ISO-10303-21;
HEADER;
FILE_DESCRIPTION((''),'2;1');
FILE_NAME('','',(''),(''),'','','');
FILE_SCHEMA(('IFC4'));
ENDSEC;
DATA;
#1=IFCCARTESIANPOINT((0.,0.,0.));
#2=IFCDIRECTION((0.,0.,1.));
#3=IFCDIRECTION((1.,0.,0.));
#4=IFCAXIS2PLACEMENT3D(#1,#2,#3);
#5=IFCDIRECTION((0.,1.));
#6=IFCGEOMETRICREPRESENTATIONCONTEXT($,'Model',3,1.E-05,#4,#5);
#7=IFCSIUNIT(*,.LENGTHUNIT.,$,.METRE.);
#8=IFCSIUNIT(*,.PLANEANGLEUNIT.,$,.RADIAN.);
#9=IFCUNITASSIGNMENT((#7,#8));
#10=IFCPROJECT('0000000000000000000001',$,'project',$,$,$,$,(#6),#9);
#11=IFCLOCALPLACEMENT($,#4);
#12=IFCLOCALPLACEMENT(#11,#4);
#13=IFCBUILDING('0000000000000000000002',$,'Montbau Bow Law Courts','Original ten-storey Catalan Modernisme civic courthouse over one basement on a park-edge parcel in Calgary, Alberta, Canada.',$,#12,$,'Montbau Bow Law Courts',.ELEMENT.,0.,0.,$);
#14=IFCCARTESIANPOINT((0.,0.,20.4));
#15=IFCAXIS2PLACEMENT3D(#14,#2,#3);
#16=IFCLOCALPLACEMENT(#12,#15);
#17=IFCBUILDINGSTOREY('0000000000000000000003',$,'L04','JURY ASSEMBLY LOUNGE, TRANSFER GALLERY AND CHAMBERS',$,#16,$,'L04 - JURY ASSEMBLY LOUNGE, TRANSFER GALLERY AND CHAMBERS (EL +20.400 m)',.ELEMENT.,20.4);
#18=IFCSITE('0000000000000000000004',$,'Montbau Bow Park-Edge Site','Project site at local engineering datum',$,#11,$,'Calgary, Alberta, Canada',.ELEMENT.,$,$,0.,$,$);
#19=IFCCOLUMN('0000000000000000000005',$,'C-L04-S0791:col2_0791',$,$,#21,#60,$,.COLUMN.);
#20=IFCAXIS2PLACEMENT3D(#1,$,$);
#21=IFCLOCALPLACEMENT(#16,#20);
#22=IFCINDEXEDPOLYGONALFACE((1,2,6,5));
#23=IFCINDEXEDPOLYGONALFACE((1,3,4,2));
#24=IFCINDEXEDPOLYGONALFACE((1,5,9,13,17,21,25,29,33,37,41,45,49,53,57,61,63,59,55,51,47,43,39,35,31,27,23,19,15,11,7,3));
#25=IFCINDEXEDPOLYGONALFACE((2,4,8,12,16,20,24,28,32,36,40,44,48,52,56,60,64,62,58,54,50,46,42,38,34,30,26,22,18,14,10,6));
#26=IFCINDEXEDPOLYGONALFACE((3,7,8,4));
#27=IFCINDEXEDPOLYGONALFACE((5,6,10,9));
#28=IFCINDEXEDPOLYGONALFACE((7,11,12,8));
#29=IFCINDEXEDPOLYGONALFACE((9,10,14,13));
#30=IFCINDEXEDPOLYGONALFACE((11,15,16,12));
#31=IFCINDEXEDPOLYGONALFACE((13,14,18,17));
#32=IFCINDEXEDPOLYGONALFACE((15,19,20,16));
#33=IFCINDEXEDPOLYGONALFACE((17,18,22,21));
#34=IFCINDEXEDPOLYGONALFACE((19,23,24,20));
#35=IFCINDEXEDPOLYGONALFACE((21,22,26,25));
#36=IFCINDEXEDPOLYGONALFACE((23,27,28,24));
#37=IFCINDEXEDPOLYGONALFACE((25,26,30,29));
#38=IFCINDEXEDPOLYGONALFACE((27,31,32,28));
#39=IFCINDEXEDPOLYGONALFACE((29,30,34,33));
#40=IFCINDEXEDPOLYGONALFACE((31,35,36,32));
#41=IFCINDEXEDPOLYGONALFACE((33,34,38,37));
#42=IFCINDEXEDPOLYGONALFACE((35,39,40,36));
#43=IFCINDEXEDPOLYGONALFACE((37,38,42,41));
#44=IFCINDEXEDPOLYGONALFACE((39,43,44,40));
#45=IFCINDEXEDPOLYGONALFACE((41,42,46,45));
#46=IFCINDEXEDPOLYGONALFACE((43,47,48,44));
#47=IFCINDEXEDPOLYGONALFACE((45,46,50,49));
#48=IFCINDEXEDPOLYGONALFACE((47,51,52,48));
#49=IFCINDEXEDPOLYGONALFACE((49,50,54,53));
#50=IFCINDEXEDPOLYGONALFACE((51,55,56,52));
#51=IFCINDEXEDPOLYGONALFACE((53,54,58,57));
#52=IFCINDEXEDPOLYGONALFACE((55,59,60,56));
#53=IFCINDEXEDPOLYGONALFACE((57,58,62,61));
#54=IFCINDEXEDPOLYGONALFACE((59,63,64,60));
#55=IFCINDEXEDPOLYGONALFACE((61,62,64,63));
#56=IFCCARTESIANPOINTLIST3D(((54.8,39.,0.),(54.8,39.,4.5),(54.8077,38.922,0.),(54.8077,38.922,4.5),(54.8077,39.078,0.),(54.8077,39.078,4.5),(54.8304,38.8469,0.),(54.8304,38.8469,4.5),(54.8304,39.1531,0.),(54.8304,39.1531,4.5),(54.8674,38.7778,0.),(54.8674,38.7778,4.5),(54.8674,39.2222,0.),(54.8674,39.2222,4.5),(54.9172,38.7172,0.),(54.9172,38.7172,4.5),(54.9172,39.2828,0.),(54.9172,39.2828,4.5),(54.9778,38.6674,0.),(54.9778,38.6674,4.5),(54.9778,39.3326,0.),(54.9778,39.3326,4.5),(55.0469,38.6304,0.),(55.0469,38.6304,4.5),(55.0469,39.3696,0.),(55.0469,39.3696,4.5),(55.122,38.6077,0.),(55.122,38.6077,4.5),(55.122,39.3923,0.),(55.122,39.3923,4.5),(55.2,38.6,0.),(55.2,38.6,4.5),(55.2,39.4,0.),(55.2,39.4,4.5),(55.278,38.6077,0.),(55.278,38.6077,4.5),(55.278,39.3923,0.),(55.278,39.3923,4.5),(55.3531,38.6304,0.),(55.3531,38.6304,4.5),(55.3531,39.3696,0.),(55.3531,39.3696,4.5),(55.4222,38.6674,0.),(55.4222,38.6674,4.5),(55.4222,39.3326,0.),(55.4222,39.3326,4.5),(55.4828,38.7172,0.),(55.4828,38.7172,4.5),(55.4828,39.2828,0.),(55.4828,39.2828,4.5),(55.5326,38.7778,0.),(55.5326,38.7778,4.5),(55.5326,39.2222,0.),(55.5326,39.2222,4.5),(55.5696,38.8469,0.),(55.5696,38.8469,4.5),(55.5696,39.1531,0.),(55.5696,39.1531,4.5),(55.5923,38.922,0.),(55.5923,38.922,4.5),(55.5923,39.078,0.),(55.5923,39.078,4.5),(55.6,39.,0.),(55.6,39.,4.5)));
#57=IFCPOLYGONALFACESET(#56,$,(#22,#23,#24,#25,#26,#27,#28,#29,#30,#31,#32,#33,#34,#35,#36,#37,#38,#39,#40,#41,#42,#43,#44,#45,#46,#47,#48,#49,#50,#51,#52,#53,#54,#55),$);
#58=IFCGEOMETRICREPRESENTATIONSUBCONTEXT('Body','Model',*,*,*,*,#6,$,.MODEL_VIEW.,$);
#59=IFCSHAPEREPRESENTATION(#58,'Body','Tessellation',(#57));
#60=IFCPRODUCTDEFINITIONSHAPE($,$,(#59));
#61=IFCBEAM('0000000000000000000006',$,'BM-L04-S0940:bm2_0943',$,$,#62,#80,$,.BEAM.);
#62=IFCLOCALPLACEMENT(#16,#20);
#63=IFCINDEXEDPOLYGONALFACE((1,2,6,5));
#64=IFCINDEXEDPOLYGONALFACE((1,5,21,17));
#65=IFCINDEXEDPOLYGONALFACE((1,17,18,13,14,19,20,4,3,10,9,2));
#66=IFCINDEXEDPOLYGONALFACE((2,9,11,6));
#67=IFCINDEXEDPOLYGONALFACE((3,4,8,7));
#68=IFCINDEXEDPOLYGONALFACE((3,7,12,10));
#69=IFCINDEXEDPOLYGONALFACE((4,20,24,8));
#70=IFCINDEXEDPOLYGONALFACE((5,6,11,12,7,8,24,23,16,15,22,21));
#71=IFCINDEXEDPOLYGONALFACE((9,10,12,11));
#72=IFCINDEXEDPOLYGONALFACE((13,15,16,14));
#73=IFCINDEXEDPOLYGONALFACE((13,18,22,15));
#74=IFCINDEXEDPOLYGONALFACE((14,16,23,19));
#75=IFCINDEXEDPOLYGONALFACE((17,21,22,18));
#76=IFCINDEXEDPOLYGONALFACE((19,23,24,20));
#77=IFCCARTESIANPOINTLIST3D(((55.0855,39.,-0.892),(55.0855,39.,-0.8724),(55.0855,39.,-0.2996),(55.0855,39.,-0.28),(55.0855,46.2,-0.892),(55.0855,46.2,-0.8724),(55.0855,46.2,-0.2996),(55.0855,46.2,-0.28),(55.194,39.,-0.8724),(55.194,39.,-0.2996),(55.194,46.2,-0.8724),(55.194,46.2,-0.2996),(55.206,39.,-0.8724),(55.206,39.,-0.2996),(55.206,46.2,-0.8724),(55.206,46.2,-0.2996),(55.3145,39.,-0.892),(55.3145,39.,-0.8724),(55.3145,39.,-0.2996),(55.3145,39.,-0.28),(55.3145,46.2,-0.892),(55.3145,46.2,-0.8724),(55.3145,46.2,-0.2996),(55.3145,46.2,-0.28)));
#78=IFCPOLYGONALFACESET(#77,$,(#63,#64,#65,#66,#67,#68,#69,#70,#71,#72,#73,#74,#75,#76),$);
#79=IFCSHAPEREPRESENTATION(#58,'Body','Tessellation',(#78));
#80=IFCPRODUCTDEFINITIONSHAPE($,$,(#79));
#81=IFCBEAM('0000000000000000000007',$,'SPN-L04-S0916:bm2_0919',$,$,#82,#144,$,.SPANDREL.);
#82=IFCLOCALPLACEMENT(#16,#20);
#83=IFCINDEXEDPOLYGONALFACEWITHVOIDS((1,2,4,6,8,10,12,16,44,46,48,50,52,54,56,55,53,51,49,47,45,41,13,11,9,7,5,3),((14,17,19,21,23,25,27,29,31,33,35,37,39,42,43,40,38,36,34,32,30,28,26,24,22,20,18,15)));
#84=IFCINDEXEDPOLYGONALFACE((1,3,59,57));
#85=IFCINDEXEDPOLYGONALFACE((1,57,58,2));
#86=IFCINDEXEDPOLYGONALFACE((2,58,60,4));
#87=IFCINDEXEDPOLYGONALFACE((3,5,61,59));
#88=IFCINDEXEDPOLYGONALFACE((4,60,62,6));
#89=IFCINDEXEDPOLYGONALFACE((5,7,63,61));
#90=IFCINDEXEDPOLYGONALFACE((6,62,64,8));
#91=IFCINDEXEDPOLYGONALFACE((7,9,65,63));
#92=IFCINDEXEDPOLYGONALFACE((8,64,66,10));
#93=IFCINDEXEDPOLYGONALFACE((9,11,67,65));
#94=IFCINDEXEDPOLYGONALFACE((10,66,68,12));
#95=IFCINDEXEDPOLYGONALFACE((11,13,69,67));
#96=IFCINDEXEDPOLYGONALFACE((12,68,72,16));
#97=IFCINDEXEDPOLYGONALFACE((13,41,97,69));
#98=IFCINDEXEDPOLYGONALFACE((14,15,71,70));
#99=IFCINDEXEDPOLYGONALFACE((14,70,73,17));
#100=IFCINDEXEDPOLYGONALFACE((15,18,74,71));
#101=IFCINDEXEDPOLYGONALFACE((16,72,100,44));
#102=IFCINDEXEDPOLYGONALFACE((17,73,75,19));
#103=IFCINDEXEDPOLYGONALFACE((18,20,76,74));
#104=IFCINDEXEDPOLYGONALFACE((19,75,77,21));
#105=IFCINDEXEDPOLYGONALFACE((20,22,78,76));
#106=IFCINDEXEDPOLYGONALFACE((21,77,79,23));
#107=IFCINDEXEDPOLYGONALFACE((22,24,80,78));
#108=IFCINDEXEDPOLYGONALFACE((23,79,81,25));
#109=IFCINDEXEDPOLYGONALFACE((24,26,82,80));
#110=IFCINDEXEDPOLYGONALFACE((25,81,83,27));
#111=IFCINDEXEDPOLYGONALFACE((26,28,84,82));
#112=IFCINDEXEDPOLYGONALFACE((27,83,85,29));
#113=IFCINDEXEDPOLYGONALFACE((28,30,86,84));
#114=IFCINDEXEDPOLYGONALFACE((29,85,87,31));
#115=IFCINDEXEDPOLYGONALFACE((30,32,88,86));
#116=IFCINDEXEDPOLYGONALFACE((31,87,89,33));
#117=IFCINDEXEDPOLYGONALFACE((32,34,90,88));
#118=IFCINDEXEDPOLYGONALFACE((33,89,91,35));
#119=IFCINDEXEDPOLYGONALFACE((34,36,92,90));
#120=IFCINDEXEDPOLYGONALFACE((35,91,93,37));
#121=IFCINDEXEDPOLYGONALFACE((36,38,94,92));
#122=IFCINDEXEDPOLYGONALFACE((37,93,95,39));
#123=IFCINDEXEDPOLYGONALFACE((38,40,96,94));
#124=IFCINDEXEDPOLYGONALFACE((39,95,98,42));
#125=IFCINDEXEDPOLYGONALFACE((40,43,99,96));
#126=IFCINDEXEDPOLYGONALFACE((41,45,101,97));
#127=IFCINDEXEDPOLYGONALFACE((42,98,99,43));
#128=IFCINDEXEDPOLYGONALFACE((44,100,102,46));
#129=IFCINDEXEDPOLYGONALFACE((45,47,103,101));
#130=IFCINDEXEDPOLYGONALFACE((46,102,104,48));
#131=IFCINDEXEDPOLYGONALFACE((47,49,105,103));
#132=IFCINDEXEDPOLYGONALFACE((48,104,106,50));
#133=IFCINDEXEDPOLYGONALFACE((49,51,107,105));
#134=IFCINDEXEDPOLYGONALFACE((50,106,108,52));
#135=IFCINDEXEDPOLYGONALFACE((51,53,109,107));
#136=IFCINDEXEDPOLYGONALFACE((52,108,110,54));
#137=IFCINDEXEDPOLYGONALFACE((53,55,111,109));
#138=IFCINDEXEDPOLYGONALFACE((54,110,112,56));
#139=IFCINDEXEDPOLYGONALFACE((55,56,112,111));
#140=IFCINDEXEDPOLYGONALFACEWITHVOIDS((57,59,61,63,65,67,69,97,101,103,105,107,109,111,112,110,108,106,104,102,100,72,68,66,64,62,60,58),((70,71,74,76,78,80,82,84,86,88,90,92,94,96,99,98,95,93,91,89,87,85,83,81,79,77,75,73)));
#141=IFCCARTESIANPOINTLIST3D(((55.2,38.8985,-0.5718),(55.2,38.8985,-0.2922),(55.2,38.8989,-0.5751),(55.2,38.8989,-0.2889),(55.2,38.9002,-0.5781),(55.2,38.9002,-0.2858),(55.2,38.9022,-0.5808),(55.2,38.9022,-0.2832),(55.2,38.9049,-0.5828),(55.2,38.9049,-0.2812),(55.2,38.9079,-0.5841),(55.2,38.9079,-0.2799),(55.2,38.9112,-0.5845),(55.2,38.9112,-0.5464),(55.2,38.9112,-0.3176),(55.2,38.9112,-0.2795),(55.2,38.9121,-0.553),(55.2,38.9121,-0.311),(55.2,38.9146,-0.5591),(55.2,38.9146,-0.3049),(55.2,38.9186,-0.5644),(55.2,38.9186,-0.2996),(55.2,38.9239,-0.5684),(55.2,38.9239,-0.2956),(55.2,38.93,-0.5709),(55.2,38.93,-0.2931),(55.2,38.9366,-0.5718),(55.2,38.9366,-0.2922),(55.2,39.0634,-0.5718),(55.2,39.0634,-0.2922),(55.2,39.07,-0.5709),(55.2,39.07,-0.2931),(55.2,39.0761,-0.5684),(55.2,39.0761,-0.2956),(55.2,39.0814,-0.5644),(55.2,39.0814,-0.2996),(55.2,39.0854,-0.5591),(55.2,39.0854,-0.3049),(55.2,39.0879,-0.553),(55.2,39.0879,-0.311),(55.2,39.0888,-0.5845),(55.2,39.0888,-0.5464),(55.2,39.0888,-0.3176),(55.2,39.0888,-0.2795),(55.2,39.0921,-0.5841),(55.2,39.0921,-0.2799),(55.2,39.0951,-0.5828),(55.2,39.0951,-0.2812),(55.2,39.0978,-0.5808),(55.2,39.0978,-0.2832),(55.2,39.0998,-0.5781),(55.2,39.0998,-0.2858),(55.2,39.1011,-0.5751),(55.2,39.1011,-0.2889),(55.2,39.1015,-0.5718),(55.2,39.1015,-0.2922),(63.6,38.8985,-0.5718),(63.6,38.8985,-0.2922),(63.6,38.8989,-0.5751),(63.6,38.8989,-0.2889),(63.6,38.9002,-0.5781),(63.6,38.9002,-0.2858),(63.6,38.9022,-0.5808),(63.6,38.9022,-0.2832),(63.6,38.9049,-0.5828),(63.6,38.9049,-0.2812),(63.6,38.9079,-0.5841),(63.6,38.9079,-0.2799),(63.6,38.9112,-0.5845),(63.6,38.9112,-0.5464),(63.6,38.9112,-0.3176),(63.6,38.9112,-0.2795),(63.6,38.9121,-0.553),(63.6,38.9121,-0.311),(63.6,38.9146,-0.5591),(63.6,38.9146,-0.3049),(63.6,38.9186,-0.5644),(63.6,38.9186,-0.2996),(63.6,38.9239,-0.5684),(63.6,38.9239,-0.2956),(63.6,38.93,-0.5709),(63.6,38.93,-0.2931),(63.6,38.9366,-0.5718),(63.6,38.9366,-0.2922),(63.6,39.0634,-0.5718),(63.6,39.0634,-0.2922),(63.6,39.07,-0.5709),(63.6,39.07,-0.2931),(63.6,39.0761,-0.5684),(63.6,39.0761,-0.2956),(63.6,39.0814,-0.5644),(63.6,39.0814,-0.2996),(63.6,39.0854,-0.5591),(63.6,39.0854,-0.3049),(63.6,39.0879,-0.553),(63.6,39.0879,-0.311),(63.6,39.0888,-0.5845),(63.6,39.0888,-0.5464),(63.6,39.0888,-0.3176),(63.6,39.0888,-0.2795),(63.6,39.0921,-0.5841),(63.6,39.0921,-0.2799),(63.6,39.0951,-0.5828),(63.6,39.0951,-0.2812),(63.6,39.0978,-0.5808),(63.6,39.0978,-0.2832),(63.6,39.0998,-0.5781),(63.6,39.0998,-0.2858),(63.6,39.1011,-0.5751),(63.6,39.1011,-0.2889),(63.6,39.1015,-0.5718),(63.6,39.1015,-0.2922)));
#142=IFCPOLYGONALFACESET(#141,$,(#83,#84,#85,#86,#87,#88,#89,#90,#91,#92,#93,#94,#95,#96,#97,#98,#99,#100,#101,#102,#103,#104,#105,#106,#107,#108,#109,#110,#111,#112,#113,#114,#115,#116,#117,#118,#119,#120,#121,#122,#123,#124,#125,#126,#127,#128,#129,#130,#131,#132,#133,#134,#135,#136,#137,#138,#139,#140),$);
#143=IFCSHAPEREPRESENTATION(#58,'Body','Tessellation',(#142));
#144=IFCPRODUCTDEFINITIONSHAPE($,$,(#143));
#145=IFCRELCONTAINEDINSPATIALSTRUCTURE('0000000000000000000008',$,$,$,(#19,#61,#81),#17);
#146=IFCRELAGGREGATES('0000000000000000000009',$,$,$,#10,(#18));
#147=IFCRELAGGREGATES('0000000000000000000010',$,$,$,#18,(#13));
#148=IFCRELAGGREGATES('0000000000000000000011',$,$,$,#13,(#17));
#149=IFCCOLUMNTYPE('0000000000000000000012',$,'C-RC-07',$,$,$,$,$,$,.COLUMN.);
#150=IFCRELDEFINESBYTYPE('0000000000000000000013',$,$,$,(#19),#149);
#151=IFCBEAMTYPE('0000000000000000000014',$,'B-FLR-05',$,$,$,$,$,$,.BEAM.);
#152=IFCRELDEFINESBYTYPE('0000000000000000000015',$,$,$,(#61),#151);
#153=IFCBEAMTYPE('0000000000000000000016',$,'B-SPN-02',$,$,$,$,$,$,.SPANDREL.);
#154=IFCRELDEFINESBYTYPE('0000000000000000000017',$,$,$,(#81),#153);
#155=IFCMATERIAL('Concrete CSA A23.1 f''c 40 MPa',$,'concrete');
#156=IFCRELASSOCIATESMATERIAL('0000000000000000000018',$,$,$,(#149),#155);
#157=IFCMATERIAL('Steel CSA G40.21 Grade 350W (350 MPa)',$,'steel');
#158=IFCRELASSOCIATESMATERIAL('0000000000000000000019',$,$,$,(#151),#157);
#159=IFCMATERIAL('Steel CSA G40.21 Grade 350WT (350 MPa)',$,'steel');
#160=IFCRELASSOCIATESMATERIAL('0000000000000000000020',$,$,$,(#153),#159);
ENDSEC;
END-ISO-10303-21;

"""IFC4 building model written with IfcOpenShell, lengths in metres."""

from ifc_helpers import new_model, si_unit, direction, frame, origin_with_axes, origin_2d_with_axis, place, context, subcontext, project, spatial, hollow_rectangle, circle, i_section, extrude, material, material_profile, profile_set, type_object, element, save


model = new_model("IFC4")

# Units and contexts
model_context = context("Model", 3, precision=1e-05, world=origin_with_axes(), true_north=direction((0.0, 1.0)))
body_context = subcontext(model_context, "Body", "Model", "MODEL_VIEW")
ifc_project = project(units=[si_unit("LENGTHUNIT", "METRE"), si_unit("PLANEANGLEUNIT", "RADIAN")], contexts=[model_context])

# Site, building, storey
site_placement = place(None, origin_with_axes())
site = spatial("IfcSite", under=ifc_project, at=site_placement, Name="Montbau Bow Park-Edge Site", Description="Project site at local engineering datum", LongName="Calgary, Alberta, Canada", CompositionType="ELEMENT", RefElevation=0.0)
building_placement = place(site_placement, origin_with_axes())
building = spatial("IfcBuilding", under=site, at=building_placement, Name="Montbau Bow Law Courts", Description="Original ten-storey Catalan Modernisme civic courthouse over one basement on a park-edge parcel in Calgary, Alberta, Canada.", LongName="Montbau Bow Law Courts", CompositionType="ELEMENT", ElevationOfRefHeight=0.0, ElevationOfTerrain=0.0)
storey_placement = place(building_placement, frame((0.0, 0.0, 20.4), z_axis=(0.0, 0.0, 1.0), x_axis=(1.0, 0.0, 0.0)))
storey = spatial("IfcBuildingStorey", under=building, at=storey_placement, Name="L04", Description="JURY ASSEMBLY LOUNGE, TRANSFER GALLERY AND CHAMBERS", LongName="L04 - JURY ASSEMBLY LOUNGE, TRANSFER GALLERY AND CHAMBERS (EL +20.400 m)", CompositionType="ELEMENT", Elevation=20.4)

# Column
ifc_material_1 = material(Name="Concrete CSA A23.1 f'c 40 MPa", Category="concrete")
ifc_material_profile_1 = material_profile(ifc_material_1, circle(Radius=0.4, at=origin_2d_with_axis()), Name="RC800D", Category="Main", Priority=0)
ifc_profile_set_1 = profile_set([ifc_material_profile_1], Name="Concrete CSA A23.1 f'c 40 MPa")
column_type = type_object("IfcColumnType", Name="C-RC-07", PredefinedType="COLUMN", material=ifc_profile_set_1)
column_placement = place(None, frame((55.2, 39.0, 20.4), z_axis=(0.0, 0.0, 1.0), x_axis=(1.0, 0.0, 0.0)))
element("IfcColumn", 1, at=column_placement, inside=storey, type_object=column_type, Name="C-L04-S0791:col2_0791", PredefinedType="COLUMN", context=body_context, shape_type="SweptSolid", body=[
    extrude(circle(Radius=0.4, at=origin_2d_with_axis()), origin_with_axes(), (0.0, 0.0, 1.0), 4.5),
])

# Beams
ifc_material_2 = material(Name="Steel CSA G40.21 Grade 350W (350 MPa)", Category="steel")
ifc_material_profile_2 = material_profile(ifc_material_2, i_section(OverallWidth=0.229, OverallDepth=0.612, WebThickness=0.0119, FlangeThickness=0.0196, at=origin_2d_with_axis()), Name="W610X125", Category="Main", Priority=0)
ifc_profile_set_2 = profile_set([ifc_material_profile_2], Name="Steel CSA G40.21 Grade 350W (350 MPa)")
beam_type_1 = type_object("IfcBeamType", Name="B-FLR-05", PredefinedType="BEAM", material=ifc_profile_set_2)
beam_1_placement = place(None, frame((55.2, 39.0, 19.814), z_axis=(0.0, 1.0, 0.0), x_axis=(-1.0, 0.0, 0.0)))
element("IfcBeam", 2, at=beam_1_placement, inside=storey, type_object=beam_type_1, Name="BM-L04-S0940:bm2_0943", PredefinedType="BEAM", context=body_context, shape_type="SweptSolid", body=[
    extrude(i_section(OverallWidth=0.229, OverallDepth=0.612, WebThickness=0.0119, FlangeThickness=0.0196, at=origin_2d_with_axis()), origin_with_axes(), (0.0, 0.0, 1.0), 7.2),
])
ifc_material_3 = material(Name="Steel CSA G40.21 Grade 350WT (350 MPa)", Category="steel")
ifc_material_profile_3 = material_profile(ifc_material_3, hollow_rectangle(XDim=0.203, YDim=0.305, WallThickness=0.0127, InnerFilletRadius=0.0254, OuterFilletRadius=0.0127, at=origin_2d_with_axis()), Name="HSS305X203X13", Category="Main", Priority=0)
ifc_profile_set_3 = profile_set([ifc_material_profile_3], Name="Steel CSA G40.21 Grade 350WT (350 MPa)")
beam_type_2 = type_object("IfcBeamType", Name="B-SPN-02", PredefinedType="SPANDREL", material=ifc_profile_set_3)
beam_2_placement = place(None, frame((55.2, 39.0, 19.968), z_axis=(1.0, 0.0, 0.0), x_axis=(0.0, 1.0, 0.0)))
element("IfcBeam", 3, at=beam_2_placement, inside=storey, type_object=beam_type_2, Name="SPN-L04-S0916:bm2_0919", PredefinedType="SPANDREL", context=body_context, shape_type="SweptSolid", body=[
    extrude(hollow_rectangle(XDim=0.203, YDim=0.305, WallThickness=0.0127, InnerFilletRadius=0.0254, OuterFilletRadius=0.0127, at=origin_2d_with_axis()), origin_with_axes(), (0.0, 0.0, 1.0), 8.4),
])

save(model, "model.ifc")
